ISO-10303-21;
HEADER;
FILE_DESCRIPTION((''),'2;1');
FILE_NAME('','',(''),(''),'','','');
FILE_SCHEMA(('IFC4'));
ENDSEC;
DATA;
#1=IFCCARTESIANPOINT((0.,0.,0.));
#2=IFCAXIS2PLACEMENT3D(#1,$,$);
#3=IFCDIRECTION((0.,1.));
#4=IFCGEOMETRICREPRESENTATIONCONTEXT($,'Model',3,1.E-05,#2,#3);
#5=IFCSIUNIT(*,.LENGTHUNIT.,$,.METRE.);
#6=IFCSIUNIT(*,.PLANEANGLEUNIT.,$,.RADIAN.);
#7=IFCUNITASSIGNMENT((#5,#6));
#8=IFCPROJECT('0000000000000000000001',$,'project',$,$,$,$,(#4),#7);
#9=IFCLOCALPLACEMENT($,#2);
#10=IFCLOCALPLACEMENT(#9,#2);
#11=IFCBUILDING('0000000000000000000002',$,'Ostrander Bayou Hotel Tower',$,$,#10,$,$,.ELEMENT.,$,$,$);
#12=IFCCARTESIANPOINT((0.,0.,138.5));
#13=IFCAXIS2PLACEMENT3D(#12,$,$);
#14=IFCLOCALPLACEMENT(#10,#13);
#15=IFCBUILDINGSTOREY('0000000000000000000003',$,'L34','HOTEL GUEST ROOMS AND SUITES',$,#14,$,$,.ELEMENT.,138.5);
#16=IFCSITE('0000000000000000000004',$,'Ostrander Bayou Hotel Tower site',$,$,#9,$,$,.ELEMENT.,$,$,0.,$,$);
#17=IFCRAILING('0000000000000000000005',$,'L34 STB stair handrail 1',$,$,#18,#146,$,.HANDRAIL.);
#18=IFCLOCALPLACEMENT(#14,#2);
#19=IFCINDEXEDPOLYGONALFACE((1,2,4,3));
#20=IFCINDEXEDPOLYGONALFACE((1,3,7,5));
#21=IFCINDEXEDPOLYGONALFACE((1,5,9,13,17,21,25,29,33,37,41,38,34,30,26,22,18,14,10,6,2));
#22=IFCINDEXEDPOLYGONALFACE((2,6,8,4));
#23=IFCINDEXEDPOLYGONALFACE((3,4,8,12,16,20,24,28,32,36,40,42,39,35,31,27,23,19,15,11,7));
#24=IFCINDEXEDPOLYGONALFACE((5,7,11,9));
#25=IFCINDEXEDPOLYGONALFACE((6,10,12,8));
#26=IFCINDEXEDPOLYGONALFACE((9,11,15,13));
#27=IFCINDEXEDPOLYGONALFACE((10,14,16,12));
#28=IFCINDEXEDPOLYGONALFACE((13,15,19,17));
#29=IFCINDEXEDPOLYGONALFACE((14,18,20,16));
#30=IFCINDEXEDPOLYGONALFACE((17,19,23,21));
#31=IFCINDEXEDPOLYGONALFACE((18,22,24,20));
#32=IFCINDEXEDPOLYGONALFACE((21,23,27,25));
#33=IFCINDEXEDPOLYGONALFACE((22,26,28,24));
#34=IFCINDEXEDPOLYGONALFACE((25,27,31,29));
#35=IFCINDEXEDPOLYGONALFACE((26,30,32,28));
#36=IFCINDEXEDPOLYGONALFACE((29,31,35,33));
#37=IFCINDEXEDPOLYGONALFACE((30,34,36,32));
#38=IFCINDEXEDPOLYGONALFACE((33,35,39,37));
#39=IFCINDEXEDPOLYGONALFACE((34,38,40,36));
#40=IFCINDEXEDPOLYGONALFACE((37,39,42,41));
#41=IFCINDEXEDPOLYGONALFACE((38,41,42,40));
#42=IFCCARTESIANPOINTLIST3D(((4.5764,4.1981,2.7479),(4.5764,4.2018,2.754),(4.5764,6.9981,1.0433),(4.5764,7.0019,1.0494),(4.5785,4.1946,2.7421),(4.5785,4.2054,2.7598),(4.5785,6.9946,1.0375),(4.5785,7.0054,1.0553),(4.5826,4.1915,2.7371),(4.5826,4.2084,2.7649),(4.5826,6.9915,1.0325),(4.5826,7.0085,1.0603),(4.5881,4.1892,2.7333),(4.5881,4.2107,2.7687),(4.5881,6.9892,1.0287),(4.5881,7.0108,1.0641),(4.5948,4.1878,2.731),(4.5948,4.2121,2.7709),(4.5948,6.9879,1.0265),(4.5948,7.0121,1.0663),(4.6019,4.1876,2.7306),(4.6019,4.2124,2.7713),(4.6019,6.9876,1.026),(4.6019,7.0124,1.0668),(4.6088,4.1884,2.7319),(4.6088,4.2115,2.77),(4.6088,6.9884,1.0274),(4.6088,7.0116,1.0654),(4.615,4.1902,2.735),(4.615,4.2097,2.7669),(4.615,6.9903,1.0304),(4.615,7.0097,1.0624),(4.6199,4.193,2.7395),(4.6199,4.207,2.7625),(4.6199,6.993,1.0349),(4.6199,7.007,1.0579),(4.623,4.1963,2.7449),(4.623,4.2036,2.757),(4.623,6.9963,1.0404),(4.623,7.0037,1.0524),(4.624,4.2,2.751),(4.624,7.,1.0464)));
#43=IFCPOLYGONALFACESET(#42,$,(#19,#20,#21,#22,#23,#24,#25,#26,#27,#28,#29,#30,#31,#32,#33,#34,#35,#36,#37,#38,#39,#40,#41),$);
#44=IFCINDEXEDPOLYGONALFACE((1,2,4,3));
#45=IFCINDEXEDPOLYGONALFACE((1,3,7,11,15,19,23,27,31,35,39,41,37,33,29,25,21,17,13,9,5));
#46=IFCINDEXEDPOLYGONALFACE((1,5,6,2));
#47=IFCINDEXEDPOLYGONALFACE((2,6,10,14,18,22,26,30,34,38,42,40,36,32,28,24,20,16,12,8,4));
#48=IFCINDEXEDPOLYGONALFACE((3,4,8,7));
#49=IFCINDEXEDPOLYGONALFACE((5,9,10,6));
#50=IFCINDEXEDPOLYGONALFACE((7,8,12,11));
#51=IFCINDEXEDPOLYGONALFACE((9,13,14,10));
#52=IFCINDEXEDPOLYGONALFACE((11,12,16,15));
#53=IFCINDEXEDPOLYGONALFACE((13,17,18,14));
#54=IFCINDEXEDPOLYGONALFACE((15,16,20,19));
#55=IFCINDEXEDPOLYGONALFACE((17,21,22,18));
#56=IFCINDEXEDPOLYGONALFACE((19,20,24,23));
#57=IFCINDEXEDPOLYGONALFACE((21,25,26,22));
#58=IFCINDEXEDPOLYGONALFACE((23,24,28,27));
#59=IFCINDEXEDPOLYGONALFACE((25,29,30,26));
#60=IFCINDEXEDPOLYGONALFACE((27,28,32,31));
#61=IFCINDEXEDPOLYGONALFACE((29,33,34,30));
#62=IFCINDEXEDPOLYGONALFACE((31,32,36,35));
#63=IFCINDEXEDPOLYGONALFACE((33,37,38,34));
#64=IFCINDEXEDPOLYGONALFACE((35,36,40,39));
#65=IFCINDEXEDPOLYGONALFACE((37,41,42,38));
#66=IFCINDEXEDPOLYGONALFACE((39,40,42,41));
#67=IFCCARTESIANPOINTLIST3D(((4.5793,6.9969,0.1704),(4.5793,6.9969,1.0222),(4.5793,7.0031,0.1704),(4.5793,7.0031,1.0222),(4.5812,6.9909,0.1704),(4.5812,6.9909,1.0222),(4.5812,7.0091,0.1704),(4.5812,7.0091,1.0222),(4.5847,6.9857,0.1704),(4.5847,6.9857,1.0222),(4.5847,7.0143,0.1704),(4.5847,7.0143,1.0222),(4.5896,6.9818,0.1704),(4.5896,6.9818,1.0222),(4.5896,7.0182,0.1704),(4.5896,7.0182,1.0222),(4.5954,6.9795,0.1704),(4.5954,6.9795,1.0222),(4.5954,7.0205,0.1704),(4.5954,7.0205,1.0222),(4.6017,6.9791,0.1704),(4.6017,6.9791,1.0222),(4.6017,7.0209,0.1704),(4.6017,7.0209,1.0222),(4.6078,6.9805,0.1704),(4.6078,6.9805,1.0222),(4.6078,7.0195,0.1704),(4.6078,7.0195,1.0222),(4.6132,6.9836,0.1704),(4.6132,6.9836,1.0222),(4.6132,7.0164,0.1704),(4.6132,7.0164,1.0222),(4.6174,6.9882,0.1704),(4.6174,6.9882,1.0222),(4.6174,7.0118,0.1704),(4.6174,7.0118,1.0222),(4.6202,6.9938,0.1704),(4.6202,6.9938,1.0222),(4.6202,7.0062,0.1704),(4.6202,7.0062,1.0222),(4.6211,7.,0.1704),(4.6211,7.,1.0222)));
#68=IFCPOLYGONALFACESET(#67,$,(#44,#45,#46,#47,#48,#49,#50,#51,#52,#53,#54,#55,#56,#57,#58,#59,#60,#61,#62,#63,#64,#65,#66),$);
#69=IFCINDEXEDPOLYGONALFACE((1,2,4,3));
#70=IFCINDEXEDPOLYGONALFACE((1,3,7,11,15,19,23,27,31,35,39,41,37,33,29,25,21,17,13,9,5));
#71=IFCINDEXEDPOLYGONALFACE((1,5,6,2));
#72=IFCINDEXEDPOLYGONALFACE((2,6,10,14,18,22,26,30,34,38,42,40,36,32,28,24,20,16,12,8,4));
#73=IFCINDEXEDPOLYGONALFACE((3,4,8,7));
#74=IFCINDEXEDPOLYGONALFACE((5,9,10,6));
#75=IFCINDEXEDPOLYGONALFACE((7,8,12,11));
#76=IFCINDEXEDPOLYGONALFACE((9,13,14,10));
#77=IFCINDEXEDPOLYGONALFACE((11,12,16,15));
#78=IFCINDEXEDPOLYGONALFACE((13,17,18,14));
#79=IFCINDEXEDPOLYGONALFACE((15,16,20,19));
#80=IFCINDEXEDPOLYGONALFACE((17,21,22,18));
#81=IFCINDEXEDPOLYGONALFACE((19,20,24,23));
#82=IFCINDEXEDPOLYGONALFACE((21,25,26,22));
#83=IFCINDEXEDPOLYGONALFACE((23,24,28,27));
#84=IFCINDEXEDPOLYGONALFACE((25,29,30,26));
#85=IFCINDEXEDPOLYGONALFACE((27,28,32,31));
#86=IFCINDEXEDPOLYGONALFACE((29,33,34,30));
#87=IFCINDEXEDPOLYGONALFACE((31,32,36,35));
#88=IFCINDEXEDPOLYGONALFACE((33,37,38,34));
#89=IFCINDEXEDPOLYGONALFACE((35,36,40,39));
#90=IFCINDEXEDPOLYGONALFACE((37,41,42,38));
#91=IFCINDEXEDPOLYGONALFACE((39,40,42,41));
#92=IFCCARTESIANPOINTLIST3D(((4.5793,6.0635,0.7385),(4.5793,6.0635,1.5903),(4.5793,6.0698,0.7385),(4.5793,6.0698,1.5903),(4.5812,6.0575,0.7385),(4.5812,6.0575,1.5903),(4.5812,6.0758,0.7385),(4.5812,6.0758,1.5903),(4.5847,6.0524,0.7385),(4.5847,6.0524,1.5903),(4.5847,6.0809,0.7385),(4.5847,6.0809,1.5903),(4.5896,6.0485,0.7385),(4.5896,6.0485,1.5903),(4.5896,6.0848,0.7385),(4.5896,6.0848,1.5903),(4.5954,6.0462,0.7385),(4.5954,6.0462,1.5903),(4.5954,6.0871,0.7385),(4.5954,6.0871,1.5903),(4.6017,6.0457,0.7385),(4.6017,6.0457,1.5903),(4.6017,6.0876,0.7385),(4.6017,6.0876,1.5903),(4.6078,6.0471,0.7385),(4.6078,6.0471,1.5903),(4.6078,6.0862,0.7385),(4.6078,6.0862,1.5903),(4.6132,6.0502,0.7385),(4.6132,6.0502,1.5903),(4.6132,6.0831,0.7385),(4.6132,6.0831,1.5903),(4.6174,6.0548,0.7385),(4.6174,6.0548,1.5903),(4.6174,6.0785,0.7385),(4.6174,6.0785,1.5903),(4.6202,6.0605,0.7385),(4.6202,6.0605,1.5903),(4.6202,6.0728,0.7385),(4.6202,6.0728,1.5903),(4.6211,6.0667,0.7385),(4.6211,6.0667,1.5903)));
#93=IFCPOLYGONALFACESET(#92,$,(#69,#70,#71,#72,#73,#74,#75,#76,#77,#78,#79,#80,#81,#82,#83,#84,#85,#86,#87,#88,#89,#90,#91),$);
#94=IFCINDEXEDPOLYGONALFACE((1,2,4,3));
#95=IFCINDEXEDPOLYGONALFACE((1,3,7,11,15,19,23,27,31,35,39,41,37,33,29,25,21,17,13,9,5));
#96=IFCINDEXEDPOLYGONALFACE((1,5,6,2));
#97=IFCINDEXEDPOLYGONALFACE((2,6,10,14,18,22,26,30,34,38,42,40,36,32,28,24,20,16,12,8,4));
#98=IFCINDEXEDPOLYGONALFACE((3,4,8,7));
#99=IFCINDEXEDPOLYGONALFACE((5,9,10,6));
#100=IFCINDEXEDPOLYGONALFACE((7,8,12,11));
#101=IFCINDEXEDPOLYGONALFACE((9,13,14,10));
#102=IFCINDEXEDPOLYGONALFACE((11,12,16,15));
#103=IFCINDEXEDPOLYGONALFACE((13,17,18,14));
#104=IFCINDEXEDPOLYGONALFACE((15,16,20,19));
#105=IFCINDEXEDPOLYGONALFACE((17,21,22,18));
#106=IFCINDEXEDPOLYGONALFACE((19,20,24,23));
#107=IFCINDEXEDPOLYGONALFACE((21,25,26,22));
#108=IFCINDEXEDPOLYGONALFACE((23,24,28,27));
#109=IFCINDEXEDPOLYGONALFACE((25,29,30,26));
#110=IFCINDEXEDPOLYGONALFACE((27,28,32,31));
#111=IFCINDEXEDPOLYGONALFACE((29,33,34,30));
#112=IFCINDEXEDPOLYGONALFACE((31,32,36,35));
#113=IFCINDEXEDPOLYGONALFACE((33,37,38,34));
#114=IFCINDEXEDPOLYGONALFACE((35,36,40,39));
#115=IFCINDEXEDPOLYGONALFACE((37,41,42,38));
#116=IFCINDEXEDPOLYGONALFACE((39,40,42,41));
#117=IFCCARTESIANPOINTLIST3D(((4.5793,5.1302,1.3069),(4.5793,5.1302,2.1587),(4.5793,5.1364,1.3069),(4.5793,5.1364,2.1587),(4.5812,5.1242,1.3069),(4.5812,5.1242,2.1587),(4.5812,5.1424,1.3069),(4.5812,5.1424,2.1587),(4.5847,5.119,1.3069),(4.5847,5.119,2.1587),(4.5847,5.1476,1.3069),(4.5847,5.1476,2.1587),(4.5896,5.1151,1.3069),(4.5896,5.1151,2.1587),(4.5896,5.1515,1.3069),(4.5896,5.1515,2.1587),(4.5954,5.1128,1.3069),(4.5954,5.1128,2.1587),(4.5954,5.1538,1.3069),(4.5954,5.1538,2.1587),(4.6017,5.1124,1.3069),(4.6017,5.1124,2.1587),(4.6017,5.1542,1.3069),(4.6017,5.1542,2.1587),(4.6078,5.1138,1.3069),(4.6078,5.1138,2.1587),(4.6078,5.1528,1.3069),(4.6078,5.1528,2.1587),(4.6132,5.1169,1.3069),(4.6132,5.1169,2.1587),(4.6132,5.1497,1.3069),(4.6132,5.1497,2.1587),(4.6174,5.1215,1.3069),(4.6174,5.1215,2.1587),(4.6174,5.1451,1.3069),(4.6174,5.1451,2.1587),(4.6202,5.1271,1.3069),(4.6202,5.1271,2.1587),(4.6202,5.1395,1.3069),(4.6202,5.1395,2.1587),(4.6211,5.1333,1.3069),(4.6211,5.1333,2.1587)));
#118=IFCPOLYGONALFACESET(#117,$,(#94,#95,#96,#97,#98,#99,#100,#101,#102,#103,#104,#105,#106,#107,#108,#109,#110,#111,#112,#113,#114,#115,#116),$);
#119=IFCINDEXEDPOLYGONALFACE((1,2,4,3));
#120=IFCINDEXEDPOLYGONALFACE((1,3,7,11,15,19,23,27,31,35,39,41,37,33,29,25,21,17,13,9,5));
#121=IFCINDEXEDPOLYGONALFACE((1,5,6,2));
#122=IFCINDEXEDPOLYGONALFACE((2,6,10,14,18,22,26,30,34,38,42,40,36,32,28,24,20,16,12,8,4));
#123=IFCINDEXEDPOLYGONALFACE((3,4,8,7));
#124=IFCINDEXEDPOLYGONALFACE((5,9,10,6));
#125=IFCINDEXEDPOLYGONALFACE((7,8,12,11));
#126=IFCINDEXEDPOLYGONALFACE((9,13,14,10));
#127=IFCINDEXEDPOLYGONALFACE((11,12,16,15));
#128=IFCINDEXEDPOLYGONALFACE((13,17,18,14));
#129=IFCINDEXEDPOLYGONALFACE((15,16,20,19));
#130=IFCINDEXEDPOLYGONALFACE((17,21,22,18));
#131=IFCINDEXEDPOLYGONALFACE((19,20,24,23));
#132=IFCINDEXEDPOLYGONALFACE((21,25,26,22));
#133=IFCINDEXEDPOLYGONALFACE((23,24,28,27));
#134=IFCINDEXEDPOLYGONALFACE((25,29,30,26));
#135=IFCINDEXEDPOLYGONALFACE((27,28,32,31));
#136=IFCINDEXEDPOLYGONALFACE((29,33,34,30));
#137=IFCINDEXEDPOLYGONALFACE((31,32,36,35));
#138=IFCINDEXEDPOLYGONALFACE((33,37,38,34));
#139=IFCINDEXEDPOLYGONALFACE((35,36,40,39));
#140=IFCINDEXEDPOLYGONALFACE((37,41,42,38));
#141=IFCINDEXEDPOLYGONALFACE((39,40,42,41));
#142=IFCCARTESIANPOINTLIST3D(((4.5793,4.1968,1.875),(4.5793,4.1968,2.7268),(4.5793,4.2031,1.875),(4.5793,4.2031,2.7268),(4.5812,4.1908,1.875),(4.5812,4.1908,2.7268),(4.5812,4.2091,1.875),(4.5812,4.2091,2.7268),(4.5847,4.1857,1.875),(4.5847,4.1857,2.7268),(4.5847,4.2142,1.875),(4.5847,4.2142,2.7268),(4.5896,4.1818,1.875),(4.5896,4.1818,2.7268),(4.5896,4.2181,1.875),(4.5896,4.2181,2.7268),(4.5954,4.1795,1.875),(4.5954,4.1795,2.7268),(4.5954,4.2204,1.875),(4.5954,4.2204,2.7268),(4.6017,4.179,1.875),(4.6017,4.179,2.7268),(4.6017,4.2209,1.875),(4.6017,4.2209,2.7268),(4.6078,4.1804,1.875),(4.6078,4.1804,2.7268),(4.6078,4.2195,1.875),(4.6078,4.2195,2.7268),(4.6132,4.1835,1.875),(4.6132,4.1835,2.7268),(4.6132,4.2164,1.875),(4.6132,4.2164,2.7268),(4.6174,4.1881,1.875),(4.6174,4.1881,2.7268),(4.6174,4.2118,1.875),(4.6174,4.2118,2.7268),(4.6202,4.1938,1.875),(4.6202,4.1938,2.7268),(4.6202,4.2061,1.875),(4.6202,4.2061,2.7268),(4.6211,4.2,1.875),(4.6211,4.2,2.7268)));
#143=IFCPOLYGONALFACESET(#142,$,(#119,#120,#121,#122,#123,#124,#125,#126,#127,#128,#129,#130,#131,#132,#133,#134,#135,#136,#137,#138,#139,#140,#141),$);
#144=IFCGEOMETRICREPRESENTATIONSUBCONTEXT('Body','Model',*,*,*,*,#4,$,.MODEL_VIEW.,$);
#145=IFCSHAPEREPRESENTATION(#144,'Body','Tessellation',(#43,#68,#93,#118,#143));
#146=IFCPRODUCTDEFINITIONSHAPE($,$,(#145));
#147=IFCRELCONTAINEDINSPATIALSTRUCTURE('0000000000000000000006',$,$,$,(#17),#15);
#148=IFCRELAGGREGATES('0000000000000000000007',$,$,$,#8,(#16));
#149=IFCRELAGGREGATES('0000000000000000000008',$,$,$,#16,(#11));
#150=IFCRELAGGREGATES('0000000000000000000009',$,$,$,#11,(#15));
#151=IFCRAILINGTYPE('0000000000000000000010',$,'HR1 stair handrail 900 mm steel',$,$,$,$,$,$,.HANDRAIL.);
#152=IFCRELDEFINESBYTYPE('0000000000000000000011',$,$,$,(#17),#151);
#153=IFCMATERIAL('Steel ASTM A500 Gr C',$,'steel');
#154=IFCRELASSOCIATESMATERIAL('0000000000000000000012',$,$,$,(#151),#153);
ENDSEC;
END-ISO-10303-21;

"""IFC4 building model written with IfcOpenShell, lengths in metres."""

from ifc_helpers import new_model, si_unit, direction, frame, origin, origin_2d, place, context, subcontext, project, spatial, circle, extrude, material, type_object, element, save


model = new_model("IFC4")

# Units and contexts
model_context = context("Model", 3, precision=1e-05, world=origin(), true_north=direction((0.0, 1.0)))
body_context = subcontext(model_context, "Body", "Model", "MODEL_VIEW")
ifc_project = project(units=[si_unit("LENGTHUNIT", "METRE"), si_unit("PLANEANGLEUNIT", "RADIAN")], contexts=[model_context])

# Site, building, storey
site_placement = place(None, origin())
site = spatial("IfcSite", under=ifc_project, at=site_placement, Name="Ostrander Bayou Hotel Tower site", CompositionType="ELEMENT", RefElevation=0.0)
building_placement = place(site_placement, origin())
building = spatial("IfcBuilding", under=site, at=building_placement, Name="Ostrander Bayou Hotel Tower", CompositionType="ELEMENT")
storey_placement = place(building_placement, frame((0.0, 0.0, 138.5)))
storey = spatial("IfcBuildingStorey", under=building, at=storey_placement, Name="L34", Description="HOTEL GUEST ROOMS AND SUITES", CompositionType="ELEMENT", Elevation=138.5)

# Railing
ifc_material_1 = material(Name="Steel ASTM A500 Gr C", Category="steel")
railing_type_1 = type_object("IfcRailingType", Name="HR1 stair handrail 900 mm steel", PredefinedType="HANDRAIL", material=ifc_material_1)
railing_1_placement = place(storey_placement, frame((4.6001, 7.0, 0.1704)))
element("IfcRailing", 1, at=railing_1_placement, inside=storey, type_object=railing_type_1, Name="L34 STB stair handrail 1", PredefinedType="HANDRAIL", context=body_context, shape_type="SweptSolid", body=[
    extrude(circle(Radius=0.0239, at=origin_2d()), frame((0.0, 0.0, 0.876), z_axis=(0.0, -0.85417, 0.519994), x_axis=(1.0, 0.0, 0.0)), (0.0, 0.0, 1.0), 3.2781),
    extrude(circle(Radius=0.021, at=origin_2d()), origin(), (0.0, 0.0, 1.0), 0.8518),
    extrude(circle(Radius=0.021, at=origin_2d()), frame((0.0, -0.9333, 0.5681)), (0.0, 0.0, 1.0), 0.8518),
    extrude(circle(Radius=0.021, at=origin_2d()), frame((0.0, -1.8667, 1.1365)), (0.0, 0.0, 1.0), 0.8518),
    extrude(circle(Radius=0.021, at=origin_2d()), frame((0.0, -2.8, 1.7046)), (0.0, 0.0, 1.0), 0.8518),
])

save(model, "model.ifc")
